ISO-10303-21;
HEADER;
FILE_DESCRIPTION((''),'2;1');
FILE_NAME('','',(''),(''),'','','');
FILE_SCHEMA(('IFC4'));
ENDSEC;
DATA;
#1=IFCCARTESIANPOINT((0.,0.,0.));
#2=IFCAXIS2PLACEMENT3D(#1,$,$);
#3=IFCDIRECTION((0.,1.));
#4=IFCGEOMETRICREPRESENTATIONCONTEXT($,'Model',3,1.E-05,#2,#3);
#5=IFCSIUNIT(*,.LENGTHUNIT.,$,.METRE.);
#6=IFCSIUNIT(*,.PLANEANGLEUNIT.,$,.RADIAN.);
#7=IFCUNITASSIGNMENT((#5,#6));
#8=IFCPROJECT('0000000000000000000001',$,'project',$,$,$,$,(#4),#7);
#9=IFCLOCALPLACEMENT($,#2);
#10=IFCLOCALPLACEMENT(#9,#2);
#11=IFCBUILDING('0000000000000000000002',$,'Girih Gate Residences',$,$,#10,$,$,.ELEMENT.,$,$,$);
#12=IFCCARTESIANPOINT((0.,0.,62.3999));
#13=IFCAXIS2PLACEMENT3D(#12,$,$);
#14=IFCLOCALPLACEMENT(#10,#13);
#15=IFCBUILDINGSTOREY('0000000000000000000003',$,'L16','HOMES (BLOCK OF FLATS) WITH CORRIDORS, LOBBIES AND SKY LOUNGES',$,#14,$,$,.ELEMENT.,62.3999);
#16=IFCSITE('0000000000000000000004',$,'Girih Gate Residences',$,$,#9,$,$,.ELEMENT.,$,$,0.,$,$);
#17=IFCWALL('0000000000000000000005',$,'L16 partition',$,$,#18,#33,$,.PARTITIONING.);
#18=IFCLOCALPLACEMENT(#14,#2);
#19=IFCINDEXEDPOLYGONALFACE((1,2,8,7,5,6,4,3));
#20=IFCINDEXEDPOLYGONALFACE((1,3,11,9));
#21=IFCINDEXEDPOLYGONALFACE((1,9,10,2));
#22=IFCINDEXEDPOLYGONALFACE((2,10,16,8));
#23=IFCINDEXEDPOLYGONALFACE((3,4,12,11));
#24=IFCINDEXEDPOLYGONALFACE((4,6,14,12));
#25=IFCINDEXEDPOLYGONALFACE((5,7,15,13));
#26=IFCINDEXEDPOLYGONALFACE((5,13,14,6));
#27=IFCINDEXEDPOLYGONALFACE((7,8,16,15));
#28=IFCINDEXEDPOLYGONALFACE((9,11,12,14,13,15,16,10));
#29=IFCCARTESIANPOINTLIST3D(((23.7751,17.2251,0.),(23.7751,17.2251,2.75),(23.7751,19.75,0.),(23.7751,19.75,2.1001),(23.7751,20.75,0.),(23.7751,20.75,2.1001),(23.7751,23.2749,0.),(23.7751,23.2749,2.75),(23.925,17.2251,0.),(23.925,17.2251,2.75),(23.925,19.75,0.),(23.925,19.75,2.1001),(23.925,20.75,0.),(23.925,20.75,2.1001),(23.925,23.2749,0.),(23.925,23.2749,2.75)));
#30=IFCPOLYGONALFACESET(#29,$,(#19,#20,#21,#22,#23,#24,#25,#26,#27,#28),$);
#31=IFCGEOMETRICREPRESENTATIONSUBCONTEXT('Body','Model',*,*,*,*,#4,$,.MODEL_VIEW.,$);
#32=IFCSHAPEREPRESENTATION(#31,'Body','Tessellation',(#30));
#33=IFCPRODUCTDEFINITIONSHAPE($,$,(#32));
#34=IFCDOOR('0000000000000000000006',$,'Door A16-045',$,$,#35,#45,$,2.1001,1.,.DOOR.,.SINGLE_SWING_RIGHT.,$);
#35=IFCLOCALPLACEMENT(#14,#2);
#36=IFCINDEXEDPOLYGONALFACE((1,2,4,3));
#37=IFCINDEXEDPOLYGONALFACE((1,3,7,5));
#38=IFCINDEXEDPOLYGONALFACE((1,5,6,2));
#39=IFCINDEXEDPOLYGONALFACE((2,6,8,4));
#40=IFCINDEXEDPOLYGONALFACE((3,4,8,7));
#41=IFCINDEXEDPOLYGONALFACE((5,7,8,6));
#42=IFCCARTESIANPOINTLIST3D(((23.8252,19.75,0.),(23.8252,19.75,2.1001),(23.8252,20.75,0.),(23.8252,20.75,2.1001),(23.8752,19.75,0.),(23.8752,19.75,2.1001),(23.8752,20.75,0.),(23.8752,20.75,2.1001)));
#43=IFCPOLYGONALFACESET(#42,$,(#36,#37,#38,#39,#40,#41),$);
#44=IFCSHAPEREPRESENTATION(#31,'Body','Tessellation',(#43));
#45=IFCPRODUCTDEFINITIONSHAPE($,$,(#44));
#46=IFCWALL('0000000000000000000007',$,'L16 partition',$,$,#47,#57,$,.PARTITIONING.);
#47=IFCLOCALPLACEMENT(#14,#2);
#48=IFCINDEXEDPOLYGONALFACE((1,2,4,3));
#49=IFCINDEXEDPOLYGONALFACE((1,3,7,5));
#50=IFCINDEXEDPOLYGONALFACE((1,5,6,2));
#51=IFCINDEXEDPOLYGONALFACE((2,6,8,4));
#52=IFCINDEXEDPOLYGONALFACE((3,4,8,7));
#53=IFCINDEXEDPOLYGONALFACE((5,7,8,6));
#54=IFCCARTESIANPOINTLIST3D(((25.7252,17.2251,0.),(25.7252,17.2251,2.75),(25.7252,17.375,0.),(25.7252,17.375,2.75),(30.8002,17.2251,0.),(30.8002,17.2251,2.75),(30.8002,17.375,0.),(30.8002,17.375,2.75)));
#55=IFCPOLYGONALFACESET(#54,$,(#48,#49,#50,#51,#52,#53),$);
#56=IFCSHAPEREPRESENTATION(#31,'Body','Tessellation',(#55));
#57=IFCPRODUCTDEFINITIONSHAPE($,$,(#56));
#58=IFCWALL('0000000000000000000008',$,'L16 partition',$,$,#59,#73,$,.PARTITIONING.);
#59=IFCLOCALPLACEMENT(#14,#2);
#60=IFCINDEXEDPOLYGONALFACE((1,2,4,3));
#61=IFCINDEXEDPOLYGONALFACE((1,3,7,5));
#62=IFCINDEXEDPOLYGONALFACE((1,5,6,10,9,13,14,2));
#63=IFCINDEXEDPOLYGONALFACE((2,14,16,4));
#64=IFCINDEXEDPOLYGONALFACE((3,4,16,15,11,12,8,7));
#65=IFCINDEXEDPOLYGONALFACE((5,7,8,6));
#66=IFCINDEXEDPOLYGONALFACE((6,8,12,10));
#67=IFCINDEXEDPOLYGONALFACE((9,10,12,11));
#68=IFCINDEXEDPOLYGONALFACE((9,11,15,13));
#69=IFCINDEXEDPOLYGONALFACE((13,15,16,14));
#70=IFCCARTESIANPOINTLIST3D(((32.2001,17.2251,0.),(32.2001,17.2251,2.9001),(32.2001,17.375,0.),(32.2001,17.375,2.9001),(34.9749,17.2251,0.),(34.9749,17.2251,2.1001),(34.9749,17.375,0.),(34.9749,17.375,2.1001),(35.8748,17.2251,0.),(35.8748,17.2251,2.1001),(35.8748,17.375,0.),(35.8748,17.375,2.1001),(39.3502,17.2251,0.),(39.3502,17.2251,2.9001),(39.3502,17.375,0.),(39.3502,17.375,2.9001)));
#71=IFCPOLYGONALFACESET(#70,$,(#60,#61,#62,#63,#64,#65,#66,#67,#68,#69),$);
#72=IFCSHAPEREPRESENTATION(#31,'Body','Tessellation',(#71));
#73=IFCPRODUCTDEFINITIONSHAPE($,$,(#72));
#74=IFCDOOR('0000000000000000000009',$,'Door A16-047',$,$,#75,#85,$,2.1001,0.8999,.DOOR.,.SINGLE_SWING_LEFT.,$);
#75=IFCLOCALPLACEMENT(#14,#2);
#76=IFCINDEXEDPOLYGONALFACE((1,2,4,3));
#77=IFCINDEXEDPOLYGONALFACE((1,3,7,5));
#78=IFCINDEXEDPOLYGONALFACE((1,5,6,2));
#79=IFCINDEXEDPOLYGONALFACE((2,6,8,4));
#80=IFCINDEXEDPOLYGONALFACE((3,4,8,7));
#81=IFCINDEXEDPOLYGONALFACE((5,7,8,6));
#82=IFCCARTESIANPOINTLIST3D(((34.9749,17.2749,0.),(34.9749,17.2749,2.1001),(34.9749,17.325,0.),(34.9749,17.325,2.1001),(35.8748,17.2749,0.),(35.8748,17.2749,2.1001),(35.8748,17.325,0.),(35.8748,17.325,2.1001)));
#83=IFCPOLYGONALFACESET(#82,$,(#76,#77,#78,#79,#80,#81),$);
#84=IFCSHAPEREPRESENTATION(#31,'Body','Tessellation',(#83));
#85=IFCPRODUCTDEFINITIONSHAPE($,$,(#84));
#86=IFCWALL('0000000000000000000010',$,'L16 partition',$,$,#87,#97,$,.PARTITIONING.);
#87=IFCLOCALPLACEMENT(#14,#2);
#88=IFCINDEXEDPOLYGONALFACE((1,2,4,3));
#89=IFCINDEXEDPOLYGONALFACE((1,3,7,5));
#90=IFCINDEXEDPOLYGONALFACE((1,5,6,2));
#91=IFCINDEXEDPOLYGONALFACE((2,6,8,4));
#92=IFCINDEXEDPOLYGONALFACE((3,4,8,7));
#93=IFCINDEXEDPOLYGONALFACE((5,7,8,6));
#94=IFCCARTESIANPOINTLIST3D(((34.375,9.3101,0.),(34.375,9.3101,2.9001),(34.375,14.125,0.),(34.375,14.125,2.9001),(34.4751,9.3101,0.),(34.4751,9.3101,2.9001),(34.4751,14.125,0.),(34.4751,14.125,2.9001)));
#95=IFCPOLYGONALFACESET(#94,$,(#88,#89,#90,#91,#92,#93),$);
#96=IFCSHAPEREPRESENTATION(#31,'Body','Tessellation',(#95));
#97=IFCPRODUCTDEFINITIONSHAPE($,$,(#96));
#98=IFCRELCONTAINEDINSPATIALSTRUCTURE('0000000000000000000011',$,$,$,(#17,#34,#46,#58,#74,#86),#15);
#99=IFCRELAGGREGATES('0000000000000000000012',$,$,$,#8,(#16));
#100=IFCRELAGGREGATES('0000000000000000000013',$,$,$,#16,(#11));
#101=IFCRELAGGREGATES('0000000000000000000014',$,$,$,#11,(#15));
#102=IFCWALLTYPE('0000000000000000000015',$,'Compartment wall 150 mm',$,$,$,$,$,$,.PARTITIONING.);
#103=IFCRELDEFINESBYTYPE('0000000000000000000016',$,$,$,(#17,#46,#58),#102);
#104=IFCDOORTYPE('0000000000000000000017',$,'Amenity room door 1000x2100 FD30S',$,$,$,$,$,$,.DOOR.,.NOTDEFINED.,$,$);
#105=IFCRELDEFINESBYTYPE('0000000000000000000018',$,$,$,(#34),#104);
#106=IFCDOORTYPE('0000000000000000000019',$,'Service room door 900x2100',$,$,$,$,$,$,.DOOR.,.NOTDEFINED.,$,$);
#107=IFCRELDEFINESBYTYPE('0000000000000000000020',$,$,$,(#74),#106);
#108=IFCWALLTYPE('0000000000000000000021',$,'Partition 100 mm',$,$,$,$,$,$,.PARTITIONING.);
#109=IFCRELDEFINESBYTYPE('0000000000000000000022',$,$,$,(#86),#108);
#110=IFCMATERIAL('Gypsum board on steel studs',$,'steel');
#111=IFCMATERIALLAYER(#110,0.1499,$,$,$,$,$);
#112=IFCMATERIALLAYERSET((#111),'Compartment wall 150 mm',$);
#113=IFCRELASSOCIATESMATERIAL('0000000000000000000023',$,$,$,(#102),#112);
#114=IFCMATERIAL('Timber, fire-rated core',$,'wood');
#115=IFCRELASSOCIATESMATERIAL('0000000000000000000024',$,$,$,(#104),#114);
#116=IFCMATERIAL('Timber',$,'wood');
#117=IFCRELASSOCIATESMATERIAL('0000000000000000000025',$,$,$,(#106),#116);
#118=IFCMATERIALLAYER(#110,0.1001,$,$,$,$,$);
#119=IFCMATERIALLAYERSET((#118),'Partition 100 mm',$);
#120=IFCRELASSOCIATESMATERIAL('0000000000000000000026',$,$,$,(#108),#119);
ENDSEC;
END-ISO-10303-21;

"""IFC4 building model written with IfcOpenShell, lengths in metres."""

from ifc_helpers import new_model, si_unit, direction, frame, frame_2d, origin, place, context, subcontext, project, spatial, rectangle, extrude, material, layer, layer_set, type_object, element, fill, save


model = new_model("IFC4")

# Units and contexts
model_context = context("Model", 3, precision=1e-05, world=origin(), true_north=direction((0.0, 1.0)))
body_context = subcontext(model_context, "Body", "Model", "MODEL_VIEW")
ifc_project = project(units=[si_unit("LENGTHUNIT", "METRE"), si_unit("PLANEANGLEUNIT", "RADIAN")], contexts=[model_context])

# Site, building, storey
site_placement = place(None, origin())
site = spatial("IfcSite", under=ifc_project, at=site_placement, Name="Girih Gate Residences", CompositionType="ELEMENT", RefElevation=0.0)
building_placement = place(site_placement, origin())
building = spatial("IfcBuilding", under=site, at=building_placement, Name="Girih Gate Residences", CompositionType="ELEMENT")
storey_placement = place(building_placement, frame((0.0, 0.0, 62.3999)))
storey = spatial("IfcBuildingStorey", under=building, at=storey_placement, Name="L16", Description="HOMES (BLOCK OF FLATS) WITH CORRIDORS, LOBBIES AND SKY LOUNGES", CompositionType="ELEMENT", Elevation=62.3999)

# Shared definitions
ifc_material_1 = material(Name="Gypsum board on steel studs", Category="steel")

# Shared definitions
ifc_layer_1 = layer(ifc_material_1, 0.1499)
ifc_layer_set_1 = layer_set([ifc_layer_1], Name="Compartment wall 150 mm")
wall_type_1 = type_object("IfcWallType", Name="Compartment wall 150 mm", PredefinedType="PARTITIONING", material=ifc_layer_set_1)
ifc_material_2 = material(Name="Timber, fire-rated core", Category="wood")

# Wall, opening, door
door_type_1 = type_object("IfcDoorType", Name="Amenity room door 1000x2100 FD30S", OperationType="NOTDEFINED", PredefinedType="DOOR", material=ifc_material_2)
wall_1_placement = place(storey_placement, frame((23.8501, 17.2251, 0.0), z_axis=(0.0, 0.0, 1.0), x_axis=(0.0, 1.0, 0.0)))
wall_1 = element("IfcWall", 1, at=wall_1_placement, inside=storey, type_object=wall_type_1, Name="L16 partition", PredefinedType="PARTITIONING", context=body_context, shape_type="SweptSolid", body=[
    extrude(rectangle(XDim=6.0498, YDim=0.1499, at=frame_2d((3.0249, 0.0))), origin(), (0.0, 0.0, 1.0), 2.75),
])
opening_1_placement = place(wall_1_placement, frame((2.5249, 0.0, 0.0)))
opening_1 = element("IfcOpeningElement", 2, at=opening_1_placement, cuts=wall_1, PredefinedType="OPENING", context=body_context, shape_type="SweptSolid", body=[
    extrude(rectangle(XDim=1.0, YDim=2.1001, at=frame_2d((0.5, 1.05))), frame((0.0, 0.085, 0.0), z_axis=(0.0, -1.0, 0.0), x_axis=(1.0, 0.0, 0.0)), (0.0, 0.0, 1.0), 0.1699),
])
door_1_placement = place(opening_1_placement, origin())
door_1 = element("IfcDoor", 3, at=door_1_placement, inside=storey, type_object=door_type_1, Name="Door A16-045", OperationType="SINGLE_SWING_RIGHT", OverallHeight=2.1001, OverallWidth=1.0, PredefinedType="DOOR", context=body_context, shape_type="SweptSolid", body=[
    extrude(rectangle(XDim=1.0, YDim=2.1001, at=frame_2d((0.5, 1.05))), frame((0.0, 0.0249, 0.0), z_axis=(0.0, -1.0, 0.0), x_axis=(1.0, 0.0, 0.0)), (0.0, 0.0, 1.0), 0.05),
])
fill(opening_1, door_1)

# Wall
wall_2_placement = place(storey_placement, frame((25.7251, 17.3, 0.0), z_axis=(0.0, 0.0, 1.0), x_axis=(1.0, 0.0, 0.0)))
element("IfcWall", 4, at=wall_2_placement, inside=storey, type_object=wall_type_1, Name="L16 partition", PredefinedType="PARTITIONING", context=body_context, shape_type="SweptSolid", body=[
    extrude(rectangle(XDim=5.075, YDim=0.1499, at=frame_2d((2.5376, 0.0))), origin(), (0.0, 0.0, 1.0), 2.75),
])

# Wall, opening, door
wall_3_placement = place(storey_placement, frame((32.2, 17.3, 0.0), z_axis=(0.0, 0.0, 1.0), x_axis=(1.0, 0.0, 0.0)))
wall_3 = element("IfcWall", 5, at=wall_3_placement, inside=storey, type_object=wall_type_1, Name="L16 partition", PredefinedType="PARTITIONING", context=body_context, shape_type="SweptSolid", body=[
    extrude(rectangle(XDim=7.1501, YDim=0.1499, at=frame_2d((3.5752, 0.0))), origin(), (0.0, 0.0, 1.0), 2.9001),
])
opening_2_placement = place(wall_3_placement, frame((2.7749, 0.0, 0.0)))
opening_2 = element("IfcOpeningElement", 6, at=opening_2_placement, cuts=wall_3, PredefinedType="OPENING", context=body_context, shape_type="SweptSolid", body=[
    extrude(rectangle(XDim=0.8999, YDim=2.1001, at=frame_2d((0.45, 1.05))), frame((0.0, 0.085, 0.0), z_axis=(0.0, -1.0, 0.0), x_axis=(1.0, 0.0, 0.0)), (0.0, 0.0, 1.0), 0.1699),
])
ifc_material_3 = material(Name="Timber", Category="wood")
door_type_2 = type_object("IfcDoorType", Name="Service room door 900x2100", OperationType="NOTDEFINED", PredefinedType="DOOR", material=ifc_material_3)
door_2_placement = place(opening_2_placement, origin())
door_2 = element("IfcDoor", 7, at=door_2_placement, inside=storey, type_object=door_type_2, Name="Door A16-047", OperationType="SINGLE_SWING_LEFT", OverallHeight=2.1001, OverallWidth=0.8999, PredefinedType="DOOR", context=body_context, shape_type="SweptSolid", body=[
    extrude(rectangle(XDim=0.8999, YDim=2.1001, at=frame_2d((0.45, 1.05))), frame((0.0, 0.0249, 0.0), z_axis=(0.0, -1.0, 0.0), x_axis=(1.0, 0.0, 0.0)), (0.0, 0.0, 1.0), 0.05),
])
fill(opening_2, door_2)

# Wall
ifc_layer_2 = layer(ifc_material_1, 0.1001)
ifc_layer_set_2 = layer_set([ifc_layer_2], Name="Partition 100 mm")
wall_type_2 = type_object("IfcWallType", Name="Partition 100 mm", PredefinedType="PARTITIONING", material=ifc_layer_set_2)
wall_4_placement = place(storey_placement, frame((34.425, 9.3101, 0.0), z_axis=(0.0, 0.0, 1.0), x_axis=(0.0, 1.0, 0.0)))
element("IfcWall", 8, at=wall_4_placement, inside=storey, type_object=wall_type_2, Name="L16 partition", PredefinedType="PARTITIONING", context=body_context, shape_type="SweptSolid", body=[
    extrude(rectangle(XDim=4.8149, YDim=0.1001, at=frame_2d((2.4075, 0.0))), origin(), (0.0, 0.0, 1.0), 2.9001),
])

save(model, "model.ifc")
